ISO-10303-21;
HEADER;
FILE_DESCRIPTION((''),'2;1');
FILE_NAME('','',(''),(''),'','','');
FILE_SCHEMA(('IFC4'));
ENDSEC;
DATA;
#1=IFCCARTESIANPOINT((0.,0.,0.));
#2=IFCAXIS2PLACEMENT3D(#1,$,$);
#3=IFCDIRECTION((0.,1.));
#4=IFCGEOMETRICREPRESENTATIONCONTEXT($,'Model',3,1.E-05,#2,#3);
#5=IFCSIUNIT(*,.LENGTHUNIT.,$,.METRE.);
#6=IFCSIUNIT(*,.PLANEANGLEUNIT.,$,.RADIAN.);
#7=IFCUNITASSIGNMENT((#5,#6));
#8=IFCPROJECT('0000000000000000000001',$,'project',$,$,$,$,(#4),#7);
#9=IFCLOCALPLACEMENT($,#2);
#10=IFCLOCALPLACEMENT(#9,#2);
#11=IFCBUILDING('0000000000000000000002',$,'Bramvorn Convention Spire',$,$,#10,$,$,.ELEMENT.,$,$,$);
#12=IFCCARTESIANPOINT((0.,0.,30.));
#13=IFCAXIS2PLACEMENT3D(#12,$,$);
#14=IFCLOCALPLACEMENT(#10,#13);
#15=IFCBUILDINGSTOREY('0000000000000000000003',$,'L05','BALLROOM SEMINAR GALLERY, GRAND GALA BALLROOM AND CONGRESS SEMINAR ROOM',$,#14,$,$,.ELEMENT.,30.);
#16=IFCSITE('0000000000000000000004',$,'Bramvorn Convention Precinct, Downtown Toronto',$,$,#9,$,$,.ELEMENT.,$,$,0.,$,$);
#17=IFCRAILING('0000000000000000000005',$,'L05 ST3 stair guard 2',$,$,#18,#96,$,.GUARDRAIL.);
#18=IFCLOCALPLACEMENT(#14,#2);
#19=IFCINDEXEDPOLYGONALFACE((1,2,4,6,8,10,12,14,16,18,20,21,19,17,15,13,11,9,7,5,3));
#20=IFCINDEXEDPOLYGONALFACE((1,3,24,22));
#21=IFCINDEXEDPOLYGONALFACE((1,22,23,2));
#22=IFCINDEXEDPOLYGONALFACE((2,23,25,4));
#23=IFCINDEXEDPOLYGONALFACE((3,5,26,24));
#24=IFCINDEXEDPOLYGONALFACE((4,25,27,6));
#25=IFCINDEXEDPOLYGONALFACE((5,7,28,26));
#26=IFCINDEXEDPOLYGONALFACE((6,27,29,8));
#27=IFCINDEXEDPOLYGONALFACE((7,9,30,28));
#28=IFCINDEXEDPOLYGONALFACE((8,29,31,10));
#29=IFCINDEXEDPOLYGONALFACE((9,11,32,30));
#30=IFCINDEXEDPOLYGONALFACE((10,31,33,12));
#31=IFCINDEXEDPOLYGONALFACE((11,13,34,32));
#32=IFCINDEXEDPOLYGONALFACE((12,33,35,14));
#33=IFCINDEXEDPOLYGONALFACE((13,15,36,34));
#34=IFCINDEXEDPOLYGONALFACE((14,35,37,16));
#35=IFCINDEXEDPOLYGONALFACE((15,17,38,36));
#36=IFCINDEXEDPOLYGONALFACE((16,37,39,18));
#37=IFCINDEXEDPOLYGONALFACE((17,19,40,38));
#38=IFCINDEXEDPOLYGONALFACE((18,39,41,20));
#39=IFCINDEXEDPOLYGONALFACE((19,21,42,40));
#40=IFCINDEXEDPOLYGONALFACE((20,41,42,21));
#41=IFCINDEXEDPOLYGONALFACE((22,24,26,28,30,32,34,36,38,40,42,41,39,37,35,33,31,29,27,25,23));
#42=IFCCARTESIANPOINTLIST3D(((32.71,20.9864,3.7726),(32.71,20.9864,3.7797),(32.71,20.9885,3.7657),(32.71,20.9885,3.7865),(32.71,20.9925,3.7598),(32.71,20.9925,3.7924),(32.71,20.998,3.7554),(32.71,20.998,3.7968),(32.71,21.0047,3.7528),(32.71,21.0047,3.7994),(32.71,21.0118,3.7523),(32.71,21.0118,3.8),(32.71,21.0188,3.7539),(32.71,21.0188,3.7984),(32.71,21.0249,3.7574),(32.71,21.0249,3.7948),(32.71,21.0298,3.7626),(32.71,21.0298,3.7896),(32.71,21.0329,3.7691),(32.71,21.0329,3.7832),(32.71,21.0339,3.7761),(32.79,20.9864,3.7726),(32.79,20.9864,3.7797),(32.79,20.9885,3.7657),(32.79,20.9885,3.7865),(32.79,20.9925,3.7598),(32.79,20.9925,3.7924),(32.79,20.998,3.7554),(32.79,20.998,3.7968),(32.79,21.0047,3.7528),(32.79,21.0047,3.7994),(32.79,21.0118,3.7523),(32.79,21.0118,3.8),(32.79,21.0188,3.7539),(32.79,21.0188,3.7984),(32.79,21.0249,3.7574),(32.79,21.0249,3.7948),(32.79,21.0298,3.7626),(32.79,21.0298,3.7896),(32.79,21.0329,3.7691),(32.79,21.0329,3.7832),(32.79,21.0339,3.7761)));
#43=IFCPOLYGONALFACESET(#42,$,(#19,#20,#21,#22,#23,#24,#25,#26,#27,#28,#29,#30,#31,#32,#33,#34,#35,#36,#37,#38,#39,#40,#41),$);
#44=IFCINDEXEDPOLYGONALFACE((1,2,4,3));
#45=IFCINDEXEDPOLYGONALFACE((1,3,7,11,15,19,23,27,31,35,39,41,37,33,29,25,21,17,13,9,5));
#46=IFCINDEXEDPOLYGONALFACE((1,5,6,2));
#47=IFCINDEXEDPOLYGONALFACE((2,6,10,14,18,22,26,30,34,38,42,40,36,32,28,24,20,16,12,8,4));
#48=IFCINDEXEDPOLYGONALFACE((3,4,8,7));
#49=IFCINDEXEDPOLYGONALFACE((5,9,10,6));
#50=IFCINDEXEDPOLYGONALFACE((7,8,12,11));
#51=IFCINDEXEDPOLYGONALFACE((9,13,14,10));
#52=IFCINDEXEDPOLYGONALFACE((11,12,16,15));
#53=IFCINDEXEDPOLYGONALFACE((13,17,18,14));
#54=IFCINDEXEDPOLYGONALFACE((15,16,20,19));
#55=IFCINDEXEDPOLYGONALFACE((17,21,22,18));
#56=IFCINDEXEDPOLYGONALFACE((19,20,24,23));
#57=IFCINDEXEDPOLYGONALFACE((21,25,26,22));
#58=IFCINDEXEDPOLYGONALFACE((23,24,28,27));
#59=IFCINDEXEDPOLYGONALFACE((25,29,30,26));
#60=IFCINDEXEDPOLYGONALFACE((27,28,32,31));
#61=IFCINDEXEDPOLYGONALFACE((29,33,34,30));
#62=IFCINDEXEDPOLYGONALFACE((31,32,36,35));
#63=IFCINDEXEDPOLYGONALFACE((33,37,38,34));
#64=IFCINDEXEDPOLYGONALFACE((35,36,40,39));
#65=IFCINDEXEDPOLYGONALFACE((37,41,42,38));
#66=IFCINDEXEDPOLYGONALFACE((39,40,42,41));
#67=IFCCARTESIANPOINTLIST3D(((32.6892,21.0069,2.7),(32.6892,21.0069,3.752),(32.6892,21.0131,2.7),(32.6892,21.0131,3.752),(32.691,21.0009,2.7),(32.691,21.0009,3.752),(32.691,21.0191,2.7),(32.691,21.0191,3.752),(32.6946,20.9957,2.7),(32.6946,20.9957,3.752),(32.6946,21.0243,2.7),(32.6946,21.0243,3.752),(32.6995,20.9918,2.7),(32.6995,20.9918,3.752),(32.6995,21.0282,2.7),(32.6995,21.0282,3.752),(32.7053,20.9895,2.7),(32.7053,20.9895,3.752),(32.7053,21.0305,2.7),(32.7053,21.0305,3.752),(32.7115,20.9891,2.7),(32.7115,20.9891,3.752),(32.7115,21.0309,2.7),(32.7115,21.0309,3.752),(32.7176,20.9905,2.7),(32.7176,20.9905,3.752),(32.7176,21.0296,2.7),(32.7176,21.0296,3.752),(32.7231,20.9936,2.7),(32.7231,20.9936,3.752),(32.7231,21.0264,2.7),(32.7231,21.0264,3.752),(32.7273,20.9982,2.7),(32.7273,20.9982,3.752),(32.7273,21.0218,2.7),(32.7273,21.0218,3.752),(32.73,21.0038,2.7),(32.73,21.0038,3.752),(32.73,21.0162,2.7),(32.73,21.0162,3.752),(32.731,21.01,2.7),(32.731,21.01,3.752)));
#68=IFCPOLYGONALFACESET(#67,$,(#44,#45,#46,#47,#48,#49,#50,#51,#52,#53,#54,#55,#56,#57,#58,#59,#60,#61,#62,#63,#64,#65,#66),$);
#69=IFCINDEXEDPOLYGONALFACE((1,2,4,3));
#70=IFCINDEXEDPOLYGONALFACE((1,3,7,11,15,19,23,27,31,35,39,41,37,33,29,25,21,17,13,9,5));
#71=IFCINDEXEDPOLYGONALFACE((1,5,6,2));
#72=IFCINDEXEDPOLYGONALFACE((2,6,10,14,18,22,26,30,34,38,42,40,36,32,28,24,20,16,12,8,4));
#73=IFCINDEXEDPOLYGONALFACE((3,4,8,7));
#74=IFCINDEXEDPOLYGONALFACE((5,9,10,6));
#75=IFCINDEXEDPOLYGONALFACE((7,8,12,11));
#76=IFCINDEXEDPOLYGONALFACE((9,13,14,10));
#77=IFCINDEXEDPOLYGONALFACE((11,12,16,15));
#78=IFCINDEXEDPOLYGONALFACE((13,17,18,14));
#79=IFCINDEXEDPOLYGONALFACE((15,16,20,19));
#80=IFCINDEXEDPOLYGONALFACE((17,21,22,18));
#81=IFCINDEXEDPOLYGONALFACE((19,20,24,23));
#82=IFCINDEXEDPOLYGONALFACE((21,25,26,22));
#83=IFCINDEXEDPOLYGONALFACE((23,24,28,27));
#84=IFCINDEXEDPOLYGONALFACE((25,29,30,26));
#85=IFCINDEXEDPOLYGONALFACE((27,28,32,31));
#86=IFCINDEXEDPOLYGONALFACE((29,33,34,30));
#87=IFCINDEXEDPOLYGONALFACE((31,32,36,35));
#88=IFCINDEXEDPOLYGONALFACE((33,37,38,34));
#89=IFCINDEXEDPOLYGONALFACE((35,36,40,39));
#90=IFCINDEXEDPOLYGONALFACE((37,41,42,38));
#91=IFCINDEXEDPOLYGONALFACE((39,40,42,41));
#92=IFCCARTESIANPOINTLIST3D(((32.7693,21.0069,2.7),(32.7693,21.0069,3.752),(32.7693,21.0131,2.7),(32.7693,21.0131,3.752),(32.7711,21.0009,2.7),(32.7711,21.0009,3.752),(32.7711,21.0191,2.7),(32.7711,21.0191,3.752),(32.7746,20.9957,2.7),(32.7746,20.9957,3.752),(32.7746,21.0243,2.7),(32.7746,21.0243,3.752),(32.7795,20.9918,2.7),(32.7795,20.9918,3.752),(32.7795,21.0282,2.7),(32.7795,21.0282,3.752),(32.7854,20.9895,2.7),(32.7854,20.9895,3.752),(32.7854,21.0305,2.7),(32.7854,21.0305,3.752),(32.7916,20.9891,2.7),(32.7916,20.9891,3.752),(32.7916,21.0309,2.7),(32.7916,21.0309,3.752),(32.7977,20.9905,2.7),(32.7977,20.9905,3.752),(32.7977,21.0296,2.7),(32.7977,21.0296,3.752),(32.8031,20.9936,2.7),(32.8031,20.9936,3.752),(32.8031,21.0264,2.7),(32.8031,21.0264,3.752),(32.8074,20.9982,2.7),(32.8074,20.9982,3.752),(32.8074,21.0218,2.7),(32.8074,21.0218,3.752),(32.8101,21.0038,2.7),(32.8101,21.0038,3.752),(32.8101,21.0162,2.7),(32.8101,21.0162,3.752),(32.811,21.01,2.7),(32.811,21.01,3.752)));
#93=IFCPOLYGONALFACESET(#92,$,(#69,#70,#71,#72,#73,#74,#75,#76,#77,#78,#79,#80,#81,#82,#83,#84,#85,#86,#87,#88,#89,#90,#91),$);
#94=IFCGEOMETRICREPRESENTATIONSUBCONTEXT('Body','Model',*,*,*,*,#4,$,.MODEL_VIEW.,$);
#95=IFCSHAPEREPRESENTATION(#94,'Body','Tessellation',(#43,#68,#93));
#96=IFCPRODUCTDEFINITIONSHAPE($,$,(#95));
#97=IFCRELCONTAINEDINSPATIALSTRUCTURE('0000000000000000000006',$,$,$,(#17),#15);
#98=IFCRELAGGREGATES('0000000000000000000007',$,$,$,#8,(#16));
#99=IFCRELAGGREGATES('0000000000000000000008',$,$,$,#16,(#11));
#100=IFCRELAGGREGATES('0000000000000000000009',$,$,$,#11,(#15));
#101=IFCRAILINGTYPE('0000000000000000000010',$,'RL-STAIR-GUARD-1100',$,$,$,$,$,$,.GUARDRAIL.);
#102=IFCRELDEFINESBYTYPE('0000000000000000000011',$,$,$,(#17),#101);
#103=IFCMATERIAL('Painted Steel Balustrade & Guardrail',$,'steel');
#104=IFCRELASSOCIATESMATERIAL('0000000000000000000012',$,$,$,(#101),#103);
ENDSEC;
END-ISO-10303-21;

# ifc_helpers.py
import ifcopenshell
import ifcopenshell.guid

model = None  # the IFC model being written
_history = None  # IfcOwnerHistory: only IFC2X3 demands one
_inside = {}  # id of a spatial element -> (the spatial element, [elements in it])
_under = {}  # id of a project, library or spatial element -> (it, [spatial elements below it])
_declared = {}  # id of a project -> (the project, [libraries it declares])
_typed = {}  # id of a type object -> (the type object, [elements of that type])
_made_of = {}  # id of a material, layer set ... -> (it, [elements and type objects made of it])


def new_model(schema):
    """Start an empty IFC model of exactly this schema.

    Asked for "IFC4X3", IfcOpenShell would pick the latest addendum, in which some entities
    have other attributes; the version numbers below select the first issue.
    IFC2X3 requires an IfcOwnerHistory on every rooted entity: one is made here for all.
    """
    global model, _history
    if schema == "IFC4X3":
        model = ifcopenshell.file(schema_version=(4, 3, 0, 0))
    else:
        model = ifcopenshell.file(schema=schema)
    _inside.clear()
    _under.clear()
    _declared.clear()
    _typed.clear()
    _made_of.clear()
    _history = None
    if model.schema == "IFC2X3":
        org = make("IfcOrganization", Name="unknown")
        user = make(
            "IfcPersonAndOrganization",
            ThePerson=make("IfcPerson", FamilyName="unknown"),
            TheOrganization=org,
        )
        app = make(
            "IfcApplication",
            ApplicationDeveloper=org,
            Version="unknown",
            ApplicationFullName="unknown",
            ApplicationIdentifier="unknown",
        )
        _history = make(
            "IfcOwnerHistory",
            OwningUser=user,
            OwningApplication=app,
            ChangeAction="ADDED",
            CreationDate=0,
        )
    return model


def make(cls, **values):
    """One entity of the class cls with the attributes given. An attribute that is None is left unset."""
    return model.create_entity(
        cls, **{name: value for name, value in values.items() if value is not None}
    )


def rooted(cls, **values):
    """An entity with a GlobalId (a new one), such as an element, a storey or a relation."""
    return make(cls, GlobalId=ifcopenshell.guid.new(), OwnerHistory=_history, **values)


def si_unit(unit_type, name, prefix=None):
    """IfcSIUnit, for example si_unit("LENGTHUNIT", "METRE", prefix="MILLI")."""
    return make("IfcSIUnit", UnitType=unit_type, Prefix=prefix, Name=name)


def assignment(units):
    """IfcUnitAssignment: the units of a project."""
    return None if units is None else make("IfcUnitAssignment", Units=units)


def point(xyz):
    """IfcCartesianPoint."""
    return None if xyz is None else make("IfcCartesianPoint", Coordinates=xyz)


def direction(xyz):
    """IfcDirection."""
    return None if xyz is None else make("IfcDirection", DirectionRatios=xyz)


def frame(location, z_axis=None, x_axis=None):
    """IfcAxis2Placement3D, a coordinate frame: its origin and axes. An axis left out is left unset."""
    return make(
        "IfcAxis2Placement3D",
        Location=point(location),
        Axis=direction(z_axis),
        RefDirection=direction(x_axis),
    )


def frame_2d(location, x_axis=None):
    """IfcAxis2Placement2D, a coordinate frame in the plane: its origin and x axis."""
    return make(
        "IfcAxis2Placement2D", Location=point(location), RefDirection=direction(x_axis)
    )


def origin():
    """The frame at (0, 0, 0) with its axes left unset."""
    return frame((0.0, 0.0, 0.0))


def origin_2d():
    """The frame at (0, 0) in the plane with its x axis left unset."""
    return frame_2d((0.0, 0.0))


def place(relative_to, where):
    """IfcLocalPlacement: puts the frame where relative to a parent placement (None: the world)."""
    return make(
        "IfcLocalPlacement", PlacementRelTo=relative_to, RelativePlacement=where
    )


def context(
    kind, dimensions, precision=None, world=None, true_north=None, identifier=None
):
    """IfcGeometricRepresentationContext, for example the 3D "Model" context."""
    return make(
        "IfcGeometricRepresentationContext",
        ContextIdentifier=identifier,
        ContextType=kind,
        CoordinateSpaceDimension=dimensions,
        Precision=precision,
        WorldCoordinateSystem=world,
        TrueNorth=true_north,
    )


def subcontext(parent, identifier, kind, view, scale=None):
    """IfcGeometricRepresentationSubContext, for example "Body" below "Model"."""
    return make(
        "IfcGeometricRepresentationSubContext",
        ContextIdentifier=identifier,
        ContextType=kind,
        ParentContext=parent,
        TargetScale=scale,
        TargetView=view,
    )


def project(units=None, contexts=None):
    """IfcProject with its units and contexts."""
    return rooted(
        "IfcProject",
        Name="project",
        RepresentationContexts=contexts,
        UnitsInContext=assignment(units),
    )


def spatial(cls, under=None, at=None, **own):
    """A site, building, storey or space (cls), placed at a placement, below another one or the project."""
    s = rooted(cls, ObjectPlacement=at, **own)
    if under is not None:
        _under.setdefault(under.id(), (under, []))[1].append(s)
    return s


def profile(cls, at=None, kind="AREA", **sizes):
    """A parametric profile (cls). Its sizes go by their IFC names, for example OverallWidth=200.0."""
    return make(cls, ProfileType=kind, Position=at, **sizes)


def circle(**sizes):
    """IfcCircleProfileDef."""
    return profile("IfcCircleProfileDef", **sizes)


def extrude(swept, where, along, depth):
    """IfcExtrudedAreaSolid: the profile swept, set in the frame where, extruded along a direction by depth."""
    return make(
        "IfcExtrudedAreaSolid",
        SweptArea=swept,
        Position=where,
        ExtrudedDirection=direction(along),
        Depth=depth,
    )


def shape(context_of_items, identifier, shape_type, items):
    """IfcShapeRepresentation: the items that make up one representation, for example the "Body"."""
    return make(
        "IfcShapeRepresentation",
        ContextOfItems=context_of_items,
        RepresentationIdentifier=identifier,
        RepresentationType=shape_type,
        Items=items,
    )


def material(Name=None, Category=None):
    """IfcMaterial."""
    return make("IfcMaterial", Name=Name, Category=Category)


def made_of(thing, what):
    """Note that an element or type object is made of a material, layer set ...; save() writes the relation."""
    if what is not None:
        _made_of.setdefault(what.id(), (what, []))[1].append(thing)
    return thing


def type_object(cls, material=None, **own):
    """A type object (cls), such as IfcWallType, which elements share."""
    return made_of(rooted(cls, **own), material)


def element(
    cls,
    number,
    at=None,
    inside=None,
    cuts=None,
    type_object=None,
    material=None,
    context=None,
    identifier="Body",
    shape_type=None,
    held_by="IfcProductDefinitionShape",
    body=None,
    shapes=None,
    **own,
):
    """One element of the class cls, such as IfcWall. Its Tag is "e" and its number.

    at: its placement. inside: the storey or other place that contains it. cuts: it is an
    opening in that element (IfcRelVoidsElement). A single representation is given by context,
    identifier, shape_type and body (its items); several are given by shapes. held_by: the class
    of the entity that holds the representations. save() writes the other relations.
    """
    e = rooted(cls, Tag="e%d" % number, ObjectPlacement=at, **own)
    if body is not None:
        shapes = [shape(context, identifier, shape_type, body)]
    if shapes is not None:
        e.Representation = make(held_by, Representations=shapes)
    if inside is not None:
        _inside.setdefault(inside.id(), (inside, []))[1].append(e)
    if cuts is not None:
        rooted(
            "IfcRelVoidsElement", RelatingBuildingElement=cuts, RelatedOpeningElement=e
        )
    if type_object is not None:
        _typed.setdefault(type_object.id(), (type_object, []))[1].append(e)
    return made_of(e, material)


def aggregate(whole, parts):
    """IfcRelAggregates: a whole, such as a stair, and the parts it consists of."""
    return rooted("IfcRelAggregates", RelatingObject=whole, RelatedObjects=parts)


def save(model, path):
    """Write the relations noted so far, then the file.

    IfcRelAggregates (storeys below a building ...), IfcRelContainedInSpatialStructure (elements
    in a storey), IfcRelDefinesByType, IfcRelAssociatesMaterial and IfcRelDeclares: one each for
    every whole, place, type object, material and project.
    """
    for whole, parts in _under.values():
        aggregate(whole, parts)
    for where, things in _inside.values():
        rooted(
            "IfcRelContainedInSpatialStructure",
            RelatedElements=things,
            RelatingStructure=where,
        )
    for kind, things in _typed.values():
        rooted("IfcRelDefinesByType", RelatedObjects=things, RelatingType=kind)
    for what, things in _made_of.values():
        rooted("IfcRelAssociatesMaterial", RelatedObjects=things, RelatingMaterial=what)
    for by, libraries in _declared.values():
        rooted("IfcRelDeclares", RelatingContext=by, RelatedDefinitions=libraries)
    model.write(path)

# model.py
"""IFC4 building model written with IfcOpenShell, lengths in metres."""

from ifc_helpers import new_model, si_unit, direction, frame, origin, origin_2d, place, context, subcontext, project, spatial, circle, extrude, material, type_object, element, save


model = new_model("IFC4")

# Units and contexts
model_context = context("Model", 3, precision=1e-05, world=origin(), true_north=direction((0.0, 1.0)))
body_context = subcontext(model_context, "Body", "Model", "MODEL_VIEW")
ifc_project = project(units=[si_unit("LENGTHUNIT", "METRE"), si_unit("PLANEANGLEUNIT", "RADIAN")], contexts=[model_context])

# Site, building, storey
site_placement = place(None, origin())
site = spatial("IfcSite", under=ifc_project, at=site_placement, Name="Bramvorn Convention Precinct, Downtown Toronto", CompositionType="ELEMENT", RefElevation=0.0)
building_placement = place(site_placement, origin())
building = spatial("IfcBuilding", under=site, at=building_placement, Name="Bramvorn Convention Spire", CompositionType="ELEMENT")
storey_placement = place(building_placement, frame((0.0, 0.0, 30.0)))
storey = spatial("IfcBuildingStorey", under=building, at=storey_placement, Name="L05", Description="BALLROOM SEMINAR GALLERY, GRAND GALA BALLROOM AND CONGRESS SEMINAR ROOM", CompositionType="ELEMENT", Elevation=30.0)

# Railing
ifc_material_1 = material(Name="Painted Steel Balustrade & Guardrail", Category="steel")
railing_type_1 = type_object("IfcRailingType", Name="RL-STAIR-GUARD-1100", PredefinedType="GUARDRAIL", material=ifc_material_1)
railing_1_placement = place(storey_placement, frame((32.71, 21.01, 2.7)))
element("IfcRailing", 1, at=railing_1_placement, inside=storey, type_object=railing_type_1, Name="L05 ST3 stair guard 2", PredefinedType="GUARDRAIL", context=body_context, shape_type="SweptSolid", body=[
    extrude(circle(Radius=0.0239, at=origin_2d()), frame((0.0, 0.0, 1.0762), z_axis=(1.0, 0.0, 0.0), x_axis=(0.0, 1.0, 0.0)), (0.0, 0.0, 1.0), 0.0801),
    extrude(circle(Radius=0.021, at=origin_2d()), origin(), (0.0, 0.0, 1.0), 1.052),
    extrude(circle(Radius=0.021, at=origin_2d()), frame((0.0801, 0.0, 0.0)), (0.0, 0.0, 1.0), 1.052),
])

save(model, "model.ifc")
